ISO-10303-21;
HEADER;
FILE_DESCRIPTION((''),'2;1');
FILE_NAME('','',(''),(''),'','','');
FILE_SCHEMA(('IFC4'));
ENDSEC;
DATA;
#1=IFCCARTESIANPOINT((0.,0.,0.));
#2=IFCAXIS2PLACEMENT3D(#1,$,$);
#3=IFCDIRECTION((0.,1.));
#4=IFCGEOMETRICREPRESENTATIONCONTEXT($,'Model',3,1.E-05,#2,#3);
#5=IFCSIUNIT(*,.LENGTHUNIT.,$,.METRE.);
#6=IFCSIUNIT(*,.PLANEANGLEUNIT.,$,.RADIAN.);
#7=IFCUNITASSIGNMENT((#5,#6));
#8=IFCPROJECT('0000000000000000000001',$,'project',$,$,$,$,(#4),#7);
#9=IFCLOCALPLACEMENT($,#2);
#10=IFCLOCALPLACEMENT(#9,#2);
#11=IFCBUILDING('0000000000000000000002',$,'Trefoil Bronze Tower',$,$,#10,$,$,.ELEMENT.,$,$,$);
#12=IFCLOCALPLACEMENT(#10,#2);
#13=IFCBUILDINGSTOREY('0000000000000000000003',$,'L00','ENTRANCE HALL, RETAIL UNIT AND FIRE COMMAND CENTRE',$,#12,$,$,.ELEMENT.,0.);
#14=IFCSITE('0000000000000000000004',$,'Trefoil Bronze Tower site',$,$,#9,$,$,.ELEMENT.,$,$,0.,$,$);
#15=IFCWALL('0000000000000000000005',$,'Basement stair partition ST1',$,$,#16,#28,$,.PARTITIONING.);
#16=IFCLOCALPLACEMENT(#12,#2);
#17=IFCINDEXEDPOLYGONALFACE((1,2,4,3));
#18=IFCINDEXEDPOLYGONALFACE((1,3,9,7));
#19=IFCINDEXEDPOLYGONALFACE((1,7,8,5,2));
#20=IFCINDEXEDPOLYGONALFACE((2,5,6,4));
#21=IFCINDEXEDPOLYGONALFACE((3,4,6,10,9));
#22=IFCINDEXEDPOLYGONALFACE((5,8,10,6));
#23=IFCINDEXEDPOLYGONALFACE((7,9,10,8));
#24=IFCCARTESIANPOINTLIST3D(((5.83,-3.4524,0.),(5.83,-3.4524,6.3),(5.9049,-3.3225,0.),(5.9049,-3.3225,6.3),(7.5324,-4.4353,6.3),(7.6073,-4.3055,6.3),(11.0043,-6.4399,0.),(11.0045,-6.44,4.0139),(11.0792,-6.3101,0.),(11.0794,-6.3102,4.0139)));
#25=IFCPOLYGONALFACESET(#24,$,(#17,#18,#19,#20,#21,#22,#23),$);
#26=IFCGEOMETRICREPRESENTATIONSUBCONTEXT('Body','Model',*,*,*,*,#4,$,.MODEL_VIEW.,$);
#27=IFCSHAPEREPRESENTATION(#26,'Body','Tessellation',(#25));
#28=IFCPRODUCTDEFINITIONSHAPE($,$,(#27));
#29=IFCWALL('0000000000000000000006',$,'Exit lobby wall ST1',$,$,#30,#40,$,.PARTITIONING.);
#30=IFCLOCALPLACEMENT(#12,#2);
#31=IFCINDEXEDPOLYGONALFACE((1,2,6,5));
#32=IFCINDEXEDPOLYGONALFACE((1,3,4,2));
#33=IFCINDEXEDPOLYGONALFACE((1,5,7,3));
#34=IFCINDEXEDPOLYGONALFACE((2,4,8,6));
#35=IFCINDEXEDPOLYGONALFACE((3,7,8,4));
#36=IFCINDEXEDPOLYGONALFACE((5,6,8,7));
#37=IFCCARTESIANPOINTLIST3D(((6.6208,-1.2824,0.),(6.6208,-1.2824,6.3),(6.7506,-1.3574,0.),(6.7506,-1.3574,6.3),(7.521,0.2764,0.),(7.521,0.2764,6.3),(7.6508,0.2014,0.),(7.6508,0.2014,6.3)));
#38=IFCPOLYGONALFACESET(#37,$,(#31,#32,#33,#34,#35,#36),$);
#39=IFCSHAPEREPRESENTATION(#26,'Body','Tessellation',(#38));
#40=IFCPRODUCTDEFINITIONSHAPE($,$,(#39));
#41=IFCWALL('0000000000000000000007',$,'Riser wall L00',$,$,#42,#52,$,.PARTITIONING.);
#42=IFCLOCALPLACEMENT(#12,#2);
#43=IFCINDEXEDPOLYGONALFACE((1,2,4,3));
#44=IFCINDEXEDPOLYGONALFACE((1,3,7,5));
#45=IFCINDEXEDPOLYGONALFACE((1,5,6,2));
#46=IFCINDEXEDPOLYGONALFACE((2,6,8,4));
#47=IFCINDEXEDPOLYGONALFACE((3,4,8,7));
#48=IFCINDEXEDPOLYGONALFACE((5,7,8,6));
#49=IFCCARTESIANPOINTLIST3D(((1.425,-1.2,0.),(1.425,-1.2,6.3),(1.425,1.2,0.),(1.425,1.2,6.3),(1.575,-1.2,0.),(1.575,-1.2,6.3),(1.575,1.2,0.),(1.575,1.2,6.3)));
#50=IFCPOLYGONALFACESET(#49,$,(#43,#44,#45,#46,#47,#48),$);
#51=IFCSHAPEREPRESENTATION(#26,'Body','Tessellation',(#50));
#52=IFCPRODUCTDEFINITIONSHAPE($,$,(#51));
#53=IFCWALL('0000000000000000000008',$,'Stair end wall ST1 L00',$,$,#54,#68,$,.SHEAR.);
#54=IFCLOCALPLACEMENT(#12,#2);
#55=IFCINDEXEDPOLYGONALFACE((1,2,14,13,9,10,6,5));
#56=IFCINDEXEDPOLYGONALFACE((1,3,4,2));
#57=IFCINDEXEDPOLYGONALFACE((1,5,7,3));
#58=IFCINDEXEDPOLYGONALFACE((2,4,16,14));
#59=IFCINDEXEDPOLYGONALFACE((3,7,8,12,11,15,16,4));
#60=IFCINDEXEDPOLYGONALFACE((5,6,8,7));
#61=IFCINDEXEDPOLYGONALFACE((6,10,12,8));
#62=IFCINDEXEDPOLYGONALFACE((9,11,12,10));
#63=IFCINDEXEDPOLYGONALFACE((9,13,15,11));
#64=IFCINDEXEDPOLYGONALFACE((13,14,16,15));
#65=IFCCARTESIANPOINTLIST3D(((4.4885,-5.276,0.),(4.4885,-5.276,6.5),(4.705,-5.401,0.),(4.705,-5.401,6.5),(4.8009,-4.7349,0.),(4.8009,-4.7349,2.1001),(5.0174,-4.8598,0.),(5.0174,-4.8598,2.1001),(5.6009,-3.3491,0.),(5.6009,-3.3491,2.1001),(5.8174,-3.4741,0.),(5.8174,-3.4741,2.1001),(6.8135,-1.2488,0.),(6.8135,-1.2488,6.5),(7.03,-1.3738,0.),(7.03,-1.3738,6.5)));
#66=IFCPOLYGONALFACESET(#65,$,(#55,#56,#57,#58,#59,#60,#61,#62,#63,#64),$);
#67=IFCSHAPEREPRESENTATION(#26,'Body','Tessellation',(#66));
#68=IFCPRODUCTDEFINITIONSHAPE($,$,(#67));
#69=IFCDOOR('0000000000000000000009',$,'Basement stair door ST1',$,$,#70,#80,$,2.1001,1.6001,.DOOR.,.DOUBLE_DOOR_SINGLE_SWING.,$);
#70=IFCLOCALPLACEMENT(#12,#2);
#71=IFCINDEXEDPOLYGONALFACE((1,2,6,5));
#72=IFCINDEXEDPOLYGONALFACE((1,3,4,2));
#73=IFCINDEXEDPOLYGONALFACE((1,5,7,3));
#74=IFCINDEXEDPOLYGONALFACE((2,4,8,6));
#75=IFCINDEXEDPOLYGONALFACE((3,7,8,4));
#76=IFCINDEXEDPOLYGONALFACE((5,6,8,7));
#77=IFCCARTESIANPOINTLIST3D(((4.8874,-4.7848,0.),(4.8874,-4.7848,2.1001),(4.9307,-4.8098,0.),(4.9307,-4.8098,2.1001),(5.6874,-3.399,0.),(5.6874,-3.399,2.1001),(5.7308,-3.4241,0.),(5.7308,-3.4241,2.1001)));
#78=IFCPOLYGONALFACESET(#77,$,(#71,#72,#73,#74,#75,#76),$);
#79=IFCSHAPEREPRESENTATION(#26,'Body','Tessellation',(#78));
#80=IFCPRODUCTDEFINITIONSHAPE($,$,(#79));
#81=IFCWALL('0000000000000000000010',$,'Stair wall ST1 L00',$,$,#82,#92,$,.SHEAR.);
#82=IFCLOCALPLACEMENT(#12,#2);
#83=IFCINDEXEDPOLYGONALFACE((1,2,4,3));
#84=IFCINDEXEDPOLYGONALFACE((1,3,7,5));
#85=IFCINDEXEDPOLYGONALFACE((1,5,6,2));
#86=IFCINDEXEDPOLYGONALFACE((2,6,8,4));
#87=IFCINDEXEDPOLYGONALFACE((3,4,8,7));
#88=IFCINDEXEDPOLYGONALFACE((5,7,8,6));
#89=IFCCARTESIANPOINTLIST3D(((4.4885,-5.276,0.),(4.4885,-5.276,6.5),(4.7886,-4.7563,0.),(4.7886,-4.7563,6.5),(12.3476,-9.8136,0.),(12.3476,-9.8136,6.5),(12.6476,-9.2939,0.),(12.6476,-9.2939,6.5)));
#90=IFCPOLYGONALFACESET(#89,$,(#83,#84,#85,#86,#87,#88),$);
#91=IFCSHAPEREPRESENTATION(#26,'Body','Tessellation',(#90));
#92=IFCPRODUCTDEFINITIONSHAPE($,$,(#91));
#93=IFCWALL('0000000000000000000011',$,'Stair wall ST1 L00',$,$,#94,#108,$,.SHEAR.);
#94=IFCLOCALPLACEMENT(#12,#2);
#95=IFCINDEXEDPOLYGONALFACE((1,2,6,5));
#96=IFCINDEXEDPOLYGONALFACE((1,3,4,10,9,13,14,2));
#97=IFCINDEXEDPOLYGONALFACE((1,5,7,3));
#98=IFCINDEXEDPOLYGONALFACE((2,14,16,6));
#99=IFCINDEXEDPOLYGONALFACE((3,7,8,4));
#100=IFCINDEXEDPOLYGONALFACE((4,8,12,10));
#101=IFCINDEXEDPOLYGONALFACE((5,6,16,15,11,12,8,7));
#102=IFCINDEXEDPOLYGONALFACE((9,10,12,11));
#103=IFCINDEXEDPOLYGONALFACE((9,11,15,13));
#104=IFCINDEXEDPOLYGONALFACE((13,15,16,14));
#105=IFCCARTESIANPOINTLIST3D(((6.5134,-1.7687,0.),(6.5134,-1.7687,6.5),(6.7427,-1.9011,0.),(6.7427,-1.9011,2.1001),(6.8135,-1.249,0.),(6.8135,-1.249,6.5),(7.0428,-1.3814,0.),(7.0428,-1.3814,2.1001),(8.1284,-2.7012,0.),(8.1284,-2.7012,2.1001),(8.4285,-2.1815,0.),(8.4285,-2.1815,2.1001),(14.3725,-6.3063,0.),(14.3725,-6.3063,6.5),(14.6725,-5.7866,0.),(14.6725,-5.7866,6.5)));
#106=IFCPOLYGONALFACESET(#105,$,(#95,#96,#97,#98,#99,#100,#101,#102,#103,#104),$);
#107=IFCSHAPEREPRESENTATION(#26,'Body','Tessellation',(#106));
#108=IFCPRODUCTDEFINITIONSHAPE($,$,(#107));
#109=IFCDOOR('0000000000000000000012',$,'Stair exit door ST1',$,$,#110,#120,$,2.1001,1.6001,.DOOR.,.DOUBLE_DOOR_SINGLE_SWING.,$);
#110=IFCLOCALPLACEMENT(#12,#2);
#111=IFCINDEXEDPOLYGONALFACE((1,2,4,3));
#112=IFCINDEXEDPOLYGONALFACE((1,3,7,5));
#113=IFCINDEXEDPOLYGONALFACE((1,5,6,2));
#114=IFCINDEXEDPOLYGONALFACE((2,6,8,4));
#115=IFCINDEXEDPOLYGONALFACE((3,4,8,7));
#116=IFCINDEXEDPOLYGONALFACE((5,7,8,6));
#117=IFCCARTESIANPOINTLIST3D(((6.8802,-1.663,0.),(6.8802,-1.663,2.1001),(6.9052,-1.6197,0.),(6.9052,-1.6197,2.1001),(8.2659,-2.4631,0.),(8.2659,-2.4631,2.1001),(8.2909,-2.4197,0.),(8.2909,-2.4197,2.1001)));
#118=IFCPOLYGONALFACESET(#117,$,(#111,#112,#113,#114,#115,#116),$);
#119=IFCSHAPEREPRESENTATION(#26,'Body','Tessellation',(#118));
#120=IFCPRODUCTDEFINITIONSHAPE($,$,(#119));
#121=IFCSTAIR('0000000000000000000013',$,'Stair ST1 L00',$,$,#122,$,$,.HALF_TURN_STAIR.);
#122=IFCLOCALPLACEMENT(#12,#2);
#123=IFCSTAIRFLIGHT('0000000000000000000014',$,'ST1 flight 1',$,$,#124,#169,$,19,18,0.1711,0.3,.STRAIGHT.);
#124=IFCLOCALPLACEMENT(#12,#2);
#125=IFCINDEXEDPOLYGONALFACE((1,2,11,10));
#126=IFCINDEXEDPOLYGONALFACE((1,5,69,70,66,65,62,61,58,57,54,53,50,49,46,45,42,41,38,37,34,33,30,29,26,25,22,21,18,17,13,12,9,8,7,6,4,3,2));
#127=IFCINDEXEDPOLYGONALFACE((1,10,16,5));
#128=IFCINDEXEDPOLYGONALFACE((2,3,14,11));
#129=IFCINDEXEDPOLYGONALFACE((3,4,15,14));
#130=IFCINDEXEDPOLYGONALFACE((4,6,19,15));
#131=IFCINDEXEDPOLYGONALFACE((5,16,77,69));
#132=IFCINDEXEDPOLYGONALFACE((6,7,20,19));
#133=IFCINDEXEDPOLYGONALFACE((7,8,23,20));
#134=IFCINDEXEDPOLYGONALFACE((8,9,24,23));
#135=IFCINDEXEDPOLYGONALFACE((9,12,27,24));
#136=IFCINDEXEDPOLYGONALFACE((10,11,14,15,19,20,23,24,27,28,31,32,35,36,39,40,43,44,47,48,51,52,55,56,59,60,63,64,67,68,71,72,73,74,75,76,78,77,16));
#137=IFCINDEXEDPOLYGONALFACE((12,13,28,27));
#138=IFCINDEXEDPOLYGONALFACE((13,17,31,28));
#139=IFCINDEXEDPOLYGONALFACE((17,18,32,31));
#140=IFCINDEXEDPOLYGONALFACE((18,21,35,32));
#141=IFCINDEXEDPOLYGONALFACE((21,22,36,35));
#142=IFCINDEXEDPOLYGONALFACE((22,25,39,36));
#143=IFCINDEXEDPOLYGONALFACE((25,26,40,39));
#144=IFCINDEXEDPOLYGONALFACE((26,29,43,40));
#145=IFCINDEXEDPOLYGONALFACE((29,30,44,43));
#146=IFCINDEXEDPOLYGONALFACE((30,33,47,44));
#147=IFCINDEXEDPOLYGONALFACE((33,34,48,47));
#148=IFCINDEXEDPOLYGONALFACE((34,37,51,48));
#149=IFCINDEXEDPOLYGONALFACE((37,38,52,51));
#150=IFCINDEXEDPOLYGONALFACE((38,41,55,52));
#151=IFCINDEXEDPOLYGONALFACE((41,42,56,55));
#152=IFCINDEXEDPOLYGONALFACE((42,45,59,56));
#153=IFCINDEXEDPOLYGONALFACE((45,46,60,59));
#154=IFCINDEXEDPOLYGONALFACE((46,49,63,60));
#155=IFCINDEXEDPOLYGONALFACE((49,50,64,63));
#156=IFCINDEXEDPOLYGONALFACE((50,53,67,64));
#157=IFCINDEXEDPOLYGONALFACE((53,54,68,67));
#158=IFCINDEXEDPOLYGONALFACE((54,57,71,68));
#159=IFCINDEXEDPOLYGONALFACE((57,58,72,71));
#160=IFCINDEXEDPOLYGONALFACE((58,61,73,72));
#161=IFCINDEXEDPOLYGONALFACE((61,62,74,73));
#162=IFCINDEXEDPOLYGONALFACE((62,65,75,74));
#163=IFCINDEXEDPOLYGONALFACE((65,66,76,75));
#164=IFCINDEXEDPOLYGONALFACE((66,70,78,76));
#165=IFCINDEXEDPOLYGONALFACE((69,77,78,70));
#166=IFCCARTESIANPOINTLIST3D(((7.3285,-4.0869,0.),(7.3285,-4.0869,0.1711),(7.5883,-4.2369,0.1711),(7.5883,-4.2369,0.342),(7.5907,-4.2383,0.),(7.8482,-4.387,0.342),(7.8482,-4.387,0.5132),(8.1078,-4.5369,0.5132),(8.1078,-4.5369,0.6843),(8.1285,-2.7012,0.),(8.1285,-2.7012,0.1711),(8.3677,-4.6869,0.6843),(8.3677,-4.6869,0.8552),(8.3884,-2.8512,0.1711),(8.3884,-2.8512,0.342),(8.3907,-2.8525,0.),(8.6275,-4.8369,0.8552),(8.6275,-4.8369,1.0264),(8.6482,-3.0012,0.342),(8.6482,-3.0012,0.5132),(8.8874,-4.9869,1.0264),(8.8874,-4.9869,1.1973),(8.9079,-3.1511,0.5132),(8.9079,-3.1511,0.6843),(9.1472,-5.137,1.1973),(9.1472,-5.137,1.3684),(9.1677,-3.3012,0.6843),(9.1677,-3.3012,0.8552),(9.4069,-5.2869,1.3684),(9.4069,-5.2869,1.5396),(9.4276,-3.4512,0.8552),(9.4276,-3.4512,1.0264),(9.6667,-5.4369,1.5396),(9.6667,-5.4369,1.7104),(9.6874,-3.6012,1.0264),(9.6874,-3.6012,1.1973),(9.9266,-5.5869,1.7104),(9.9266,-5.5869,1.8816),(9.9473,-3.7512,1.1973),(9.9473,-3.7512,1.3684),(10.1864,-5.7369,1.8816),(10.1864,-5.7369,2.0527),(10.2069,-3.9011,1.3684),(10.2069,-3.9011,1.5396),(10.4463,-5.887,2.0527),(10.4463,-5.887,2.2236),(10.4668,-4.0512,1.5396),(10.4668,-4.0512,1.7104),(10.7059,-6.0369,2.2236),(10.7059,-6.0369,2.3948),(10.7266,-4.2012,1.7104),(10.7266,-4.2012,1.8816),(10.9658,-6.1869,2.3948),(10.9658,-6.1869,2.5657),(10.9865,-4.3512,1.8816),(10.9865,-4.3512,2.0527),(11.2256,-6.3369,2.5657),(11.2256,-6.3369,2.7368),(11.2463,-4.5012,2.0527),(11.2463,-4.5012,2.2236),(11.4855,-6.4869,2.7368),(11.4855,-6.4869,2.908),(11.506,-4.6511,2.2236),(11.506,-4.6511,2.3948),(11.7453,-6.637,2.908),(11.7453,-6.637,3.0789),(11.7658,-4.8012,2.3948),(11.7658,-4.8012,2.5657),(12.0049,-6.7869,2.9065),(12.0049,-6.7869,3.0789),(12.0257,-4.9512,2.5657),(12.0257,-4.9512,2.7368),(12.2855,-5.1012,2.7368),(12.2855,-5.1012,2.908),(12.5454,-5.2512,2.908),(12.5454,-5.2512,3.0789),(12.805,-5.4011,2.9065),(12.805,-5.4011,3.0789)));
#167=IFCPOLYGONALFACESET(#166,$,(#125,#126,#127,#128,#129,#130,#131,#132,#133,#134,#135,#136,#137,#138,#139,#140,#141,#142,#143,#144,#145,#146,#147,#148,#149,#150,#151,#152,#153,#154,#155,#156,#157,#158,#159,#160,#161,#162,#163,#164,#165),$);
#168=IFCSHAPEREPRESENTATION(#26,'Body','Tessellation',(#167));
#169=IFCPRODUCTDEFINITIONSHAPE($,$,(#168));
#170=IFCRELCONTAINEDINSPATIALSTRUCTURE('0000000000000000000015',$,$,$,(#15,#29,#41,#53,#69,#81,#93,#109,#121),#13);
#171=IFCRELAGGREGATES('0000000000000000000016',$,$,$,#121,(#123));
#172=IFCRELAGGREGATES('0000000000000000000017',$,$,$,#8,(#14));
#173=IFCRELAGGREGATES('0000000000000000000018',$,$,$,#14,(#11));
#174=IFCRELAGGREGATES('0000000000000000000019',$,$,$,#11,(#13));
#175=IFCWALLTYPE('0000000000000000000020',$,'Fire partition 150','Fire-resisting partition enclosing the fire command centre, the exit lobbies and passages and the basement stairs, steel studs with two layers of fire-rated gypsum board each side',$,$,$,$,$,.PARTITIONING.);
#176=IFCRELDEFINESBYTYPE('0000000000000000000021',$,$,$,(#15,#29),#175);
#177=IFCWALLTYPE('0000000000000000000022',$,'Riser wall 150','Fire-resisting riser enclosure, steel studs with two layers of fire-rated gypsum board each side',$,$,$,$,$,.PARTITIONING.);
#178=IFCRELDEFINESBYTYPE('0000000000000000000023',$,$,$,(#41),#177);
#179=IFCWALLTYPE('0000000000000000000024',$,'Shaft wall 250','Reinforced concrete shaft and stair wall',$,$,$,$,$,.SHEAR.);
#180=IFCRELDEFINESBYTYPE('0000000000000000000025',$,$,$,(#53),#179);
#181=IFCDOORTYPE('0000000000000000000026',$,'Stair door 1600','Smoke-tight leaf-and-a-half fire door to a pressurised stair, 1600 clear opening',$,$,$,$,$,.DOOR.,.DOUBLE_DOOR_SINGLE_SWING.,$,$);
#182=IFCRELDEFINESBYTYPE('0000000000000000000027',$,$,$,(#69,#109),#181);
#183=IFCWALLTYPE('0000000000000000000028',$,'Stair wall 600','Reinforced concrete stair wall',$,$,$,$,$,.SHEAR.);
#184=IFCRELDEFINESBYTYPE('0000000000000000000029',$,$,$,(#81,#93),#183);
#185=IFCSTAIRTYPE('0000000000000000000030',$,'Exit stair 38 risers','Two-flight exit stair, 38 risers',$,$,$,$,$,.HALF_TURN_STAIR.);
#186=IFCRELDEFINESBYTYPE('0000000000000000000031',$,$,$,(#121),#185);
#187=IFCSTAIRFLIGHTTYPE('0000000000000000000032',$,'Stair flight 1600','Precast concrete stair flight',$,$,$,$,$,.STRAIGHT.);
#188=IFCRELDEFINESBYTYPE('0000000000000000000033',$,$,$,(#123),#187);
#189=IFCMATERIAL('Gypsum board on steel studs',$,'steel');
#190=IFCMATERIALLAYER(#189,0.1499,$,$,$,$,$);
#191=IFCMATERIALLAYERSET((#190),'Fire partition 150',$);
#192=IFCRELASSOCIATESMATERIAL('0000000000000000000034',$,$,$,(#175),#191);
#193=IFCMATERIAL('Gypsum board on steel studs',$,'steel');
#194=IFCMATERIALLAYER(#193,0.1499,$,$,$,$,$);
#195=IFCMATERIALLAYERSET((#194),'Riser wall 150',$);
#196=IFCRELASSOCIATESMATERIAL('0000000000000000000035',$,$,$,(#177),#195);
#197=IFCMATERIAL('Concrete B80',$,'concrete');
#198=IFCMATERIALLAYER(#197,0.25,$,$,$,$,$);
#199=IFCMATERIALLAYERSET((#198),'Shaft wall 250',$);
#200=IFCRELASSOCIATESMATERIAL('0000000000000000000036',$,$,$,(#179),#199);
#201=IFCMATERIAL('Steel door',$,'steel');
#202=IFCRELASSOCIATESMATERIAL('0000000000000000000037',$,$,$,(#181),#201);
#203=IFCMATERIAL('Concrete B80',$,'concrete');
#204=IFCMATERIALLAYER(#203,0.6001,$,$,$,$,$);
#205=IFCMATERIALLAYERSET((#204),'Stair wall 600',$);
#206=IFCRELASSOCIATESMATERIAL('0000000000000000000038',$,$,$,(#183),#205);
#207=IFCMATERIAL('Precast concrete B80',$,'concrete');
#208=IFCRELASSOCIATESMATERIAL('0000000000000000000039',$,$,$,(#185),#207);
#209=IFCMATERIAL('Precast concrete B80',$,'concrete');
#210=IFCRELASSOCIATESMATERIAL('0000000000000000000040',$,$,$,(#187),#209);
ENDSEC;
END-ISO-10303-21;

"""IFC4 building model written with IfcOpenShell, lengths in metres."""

from ifc_helpers import new_model, si_unit, direction, frame, frame_2d, origin, place, context, subcontext, project, spatial, polyline, rectangle, outline, extrude, material, layer, layer_set, type_object, element, fill, aggregate, save


model = new_model("IFC4")

# Units and contexts
model_context = context("Model", 3, precision=1e-05, world=origin(), true_north=direction((0.0, 1.0)))
body_context = subcontext(model_context, "Body", "Model", "MODEL_VIEW")
ifc_project = project(units=[si_unit("LENGTHUNIT", "METRE"), si_unit("PLANEANGLEUNIT", "RADIAN")], contexts=[model_context])

# Site, building, storey
site_placement = place(None, origin())
site = spatial("IfcSite", under=ifc_project, at=site_placement, Name="Trefoil Bronze Tower site", CompositionType="ELEMENT", RefElevation=0.0)
building_placement = place(site_placement, origin())
building = spatial("IfcBuilding", under=site, at=building_placement, Name="Trefoil Bronze Tower", CompositionType="ELEMENT")
storey_placement = place(building_placement, origin())
storey = spatial("IfcBuildingStorey", under=building, at=storey_placement, Name="L00", Description="ENTRANCE HALL, RETAIL UNIT AND FIRE COMMAND CENTRE", CompositionType="ELEMENT", Elevation=0.0)

# Walls
ifc_material_1 = material(Name="Gypsum board on steel studs", Category="steel")
ifc_layer_1 = layer(ifc_material_1, 0.1499)
ifc_layer_set_1 = layer_set([ifc_layer_1], Name="Fire partition 150")
wall_type_1 = type_object("IfcWallType", Name="Fire partition 150", Description="Fire-resisting partition enclosing the fire command centre, the exit lobbies and passages and the basement stairs, steel studs with two layers of fire-rated gypsum board each side", PredefinedType="PARTITIONING", material=ifc_layer_set_1)
wall_1_placement = place(storey_placement, frame((5.8674, -3.3875, 0.0), z_axis=(0.0, 0.0, 1.0), x_axis=(0.866014, -0.50002, 0.0)))
element("IfcWall", 1, at=wall_1_placement, inside=storey, type_object=wall_type_1, Name="Basement stair partition ST1", PredefinedType="PARTITIONING", context=body_context, shape_type="SweptSolid", body=[
    extrude(outline(polyline([(0.0, 0.0), (5.9749, 0.0), (5.9751, 4.0139), (1.9658, 6.3), (0.0, 6.3), (0.0, 0.0)])), frame((0.0, 0.075, 0.0), z_axis=(0.0, -1.0, 0.0), x_axis=(1.0, 0.0, 0.0)), (0.0, 0.0, 1.0), 0.1499),
])
wall_2_placement = place(storey_placement, frame((6.6858, -1.3198, 0.0), z_axis=(0.0, 0.0, 1.0), x_axis=(0.500063, 0.865989, 0.0)))
element("IfcWall", 2, at=wall_2_placement, inside=storey, type_object=wall_type_1, Name="Exit lobby wall ST1", PredefinedType="PARTITIONING", context=body_context, shape_type="SweptSolid", body=[
    extrude(rectangle(XDim=1.8, YDim=0.1499, at=frame_2d((0.8999, 0.0))), origin(), (0.0, 0.0, 1.0), 6.3),
])
ifc_material_2 = material(Name="Gypsum board on steel studs", Category="steel")
ifc_layer_2 = layer(ifc_material_2, 0.1499)
ifc_layer_set_2 = layer_set([ifc_layer_2], Name="Riser wall 150")
wall_type_2 = type_object("IfcWallType", Name="Riser wall 150", Description="Fire-resisting riser enclosure, steel studs with two layers of fire-rated gypsum board each side", PredefinedType="PARTITIONING", material=ifc_layer_set_2)
wall_3_placement = place(storey_placement, frame((1.5, -1.2, 0.0), z_axis=(0.0, 0.0, 1.0), x_axis=(0.0, 1.0, 0.0)))
element("IfcWall", 3, at=wall_3_placement, inside=storey, type_object=wall_type_2, Name="Riser wall L00", PredefinedType="PARTITIONING", context=body_context, shape_type="SweptSolid", body=[
    extrude(rectangle(XDim=2.3999, YDim=0.1499, at=frame_2d((1.2, 0.0))), origin(), (0.0, 0.0, 1.0), 6.3),
])

# Wall, opening, door
ifc_material_3 = material(Name="Concrete B80", Category="concrete")
ifc_layer_3 = layer(ifc_material_3, 0.25)
ifc_layer_set_3 = layer_set([ifc_layer_3], Name="Shaft wall 250")
wall_type_3 = type_object("IfcWallType", Name="Shaft wall 250", Description="Reinforced concrete shaft and stair wall", PredefinedType="SHEAR", material=ifc_layer_set_3)
wall_4_placement = place(storey_placement, frame((4.5967, -5.3386, 0.0), z_axis=(0.0, 0.0, 1.0), x_axis=(0.499985, 0.866034, 0.0)))
wall_4 = element("IfcWall", 4, at=wall_4_placement, inside=storey, type_object=wall_type_3, Name="Stair end wall ST1 L00", PredefinedType="SHEAR", context=body_context, shape_type="SweptSolid", body=[
    extrude(rectangle(XDim=4.6501, YDim=0.25, at=frame_2d((2.3252, 0.0))), origin(), (0.0, 0.0, 1.0), 6.5),
])
opening_1_placement = place(wall_4_placement, frame((0.625, 0.0, 0.0)))
opening_1 = element("IfcOpeningElement", 5, at=opening_1_placement, cuts=wall_4, PredefinedType="OPENING", context=body_context, shape_type="SweptSolid", body=[
    extrude(rectangle(XDim=1.6001, YDim=2.1001, at=frame_2d((0.8, 1.05))), frame((0.0, 0.135, 0.0), z_axis=(0.0, -1.0, 0.0), x_axis=(1.0, 0.0, 0.0)), (0.0, 0.0, 1.0), 0.27),
])
ifc_material_4 = material(Name="Steel door", Category="steel")
door_type = type_object("IfcDoorType", Name="Stair door 1600", Description="Smoke-tight leaf-and-a-half fire door to a pressurised stair, 1600 clear opening", OperationType="DOUBLE_DOOR_SINGLE_SWING", PredefinedType="DOOR", material=ifc_material_4)
door_1_placement = place(opening_1_placement, frame((1.6001, 0.0, 0.0), z_axis=(0.0, 0.0, 1.0), x_axis=(-1.0, 0.0, 0.0)))
door_1 = element("IfcDoor", 6, at=door_1_placement, inside=storey, type_object=door_type, Name="Basement stair door ST1", OperationType="DOUBLE_DOOR_SINGLE_SWING", OverallHeight=2.1001, OverallWidth=1.6001, PredefinedType="DOOR", context=body_context, shape_type="SweptSolid", body=[
    extrude(rectangle(XDim=1.6001, YDim=2.1001, at=frame_2d((0.8, 1.05))), frame((0.0, 0.0249, 0.0), z_axis=(0.0, -1.0, 0.0), x_axis=(1.0, 0.0, 0.0)), (0.0, 0.0, 1.0), 0.05),
])
fill(opening_1, door_1)

# Wall
ifc_material_5 = material(Name="Concrete B80", Category="concrete")
ifc_layer_4 = layer(ifc_material_5, 0.6001)
ifc_layer_set_4 = layer_set([ifc_layer_4], Name="Stair wall 600")
wall_type_4 = type_object("IfcWallType", Name="Stair wall 600", Description="Reinforced concrete stair wall", PredefinedType="SHEAR", material=ifc_layer_set_4)
wall_5_placement = place(storey_placement, frame((4.6384, -5.0161, 0.0), z_axis=(0.0, 0.0, 1.0), x_axis=(0.866019, -0.50001, 0.0)))
element("IfcWall", 7, at=wall_5_placement, inside=storey, type_object=wall_type_4, Name="Stair wall ST1 L00", PredefinedType="SHEAR", context=body_context, shape_type="SweptSolid", body=[
    extrude(rectangle(XDim=9.075, YDim=0.6001, at=frame_2d((4.5376, 0.0))), origin(), (0.0, 0.0, 1.0), 6.5),
])

# Wall, opening, door
wall_6_placement = place(storey_placement, frame((6.6633, -1.5088, 0.0), z_axis=(0.0, 0.0, 1.0), x_axis=(0.866019, -0.50001, 0.0)))
wall_6 = element("IfcWall", 8, at=wall_6_placement, inside=storey, type_object=wall_type_4, Name="Stair wall ST1 L00", PredefinedType="SHEAR", context=body_context, shape_type="SweptSolid", body=[
    extrude(rectangle(XDim=9.075, YDim=0.6001, at=frame_2d((4.5376, 0.0))), origin(), (0.0, 0.0, 1.0), 6.5),
])
opening_2_placement = place(wall_6_placement, frame((0.2649, 0.0, 0.0)))
opening_2 = element("IfcOpeningElement", 9, at=opening_2_placement, cuts=wall_6, PredefinedType="OPENING", context=body_context, shape_type="SweptSolid", body=[
    extrude(rectangle(XDim=1.6001, YDim=2.1001, at=frame_2d((0.8, 1.05))), frame((0.0, 0.3101, 0.0), z_axis=(0.0, -1.0, 0.0), x_axis=(1.0, 0.0, 0.0)), (0.0, 0.0, 1.0), 0.6201),
])
door_2_placement = place(opening_2_placement, origin())
door_2 = element("IfcDoor", 10, at=door_2_placement, inside=storey, type_object=door_type, Name="Stair exit door ST1", OperationType="DOUBLE_DOOR_SINGLE_SWING", OverallHeight=2.1001, OverallWidth=1.6001, PredefinedType="DOOR", context=body_context, shape_type="SweptSolid", body=[
    extrude(rectangle(XDim=1.6001, YDim=2.1001, at=frame_2d((0.8, 1.05))), frame((0.0, 0.0249, 0.0), z_axis=(0.0, -1.0, 0.0), x_axis=(1.0, 0.0, 0.0)), (0.0, 0.0, 1.0), 0.05),
])
fill(opening_2, door_2)

# Stair, stair flight
ifc_material_6 = material(Name="Precast concrete B80", Category="concrete")
stair_type = type_object("IfcStairType", Name="Exit stair 38 risers", Description="Two-flight exit stair, 38 risers", PredefinedType="HALF_TURN_STAIR", material=ifc_material_6)
stair_placement = place(storey_placement, origin())
stair = element("IfcStair", 11, at=stair_placement, inside=storey, type_object=stair_type, Name="Stair ST1 L00", PredefinedType="HALF_TURN_STAIR")
ifc_material_7 = material(Name="Precast concrete B80", Category="concrete")
stair_flight_type = type_object("IfcStairFlightType", Name="Stair flight 1600", Description="Precast concrete stair flight", PredefinedType="STRAIGHT", material=ifc_material_7)
stair_flight_placement = place(storey_placement, frame((7.7285, -3.394, 0.0), z_axis=(0.0, 0.0, 1.0), x_axis=(0.866025, -0.5, 0.0)))
stair_flight = element("IfcStairFlight", 12, at=stair_flight_placement, type_object=stair_flight_type, Name="ST1 flight 1", NumberOfRisers=19, NumberOfTreads=18, PredefinedType="STRAIGHT", RiserHeight=0.1711, TreadLength=0.3, context=body_context, shape_type="SweptSolid", body=[
    extrude(outline(polyline([(0.0, 0.0), (0.0, 0.1711), (0.3, 0.1711), (0.3, 0.342), (0.6001, 0.342), (0.6001, 0.5132), (0.8999, 0.5132), (0.8999, 0.6843), (1.2, 0.6843), (1.2, 0.8552), (1.5, 0.8552), (1.5, 1.0264), (1.8, 1.0264), (1.8, 1.1973), (2.1001, 1.1973), (2.1001, 1.3684), (2.3999, 1.3684), (2.3999, 1.5396), (2.7, 1.5396), (2.7, 1.7104), (3.0, 1.7104), (3.0, 1.8816), (3.3, 1.8816), (3.3, 2.0527), (3.6001, 2.0527), (3.6001, 2.2236), (3.8999, 2.2236), (3.8999, 2.3948), (4.2, 2.3948), (4.2, 2.5657), (4.5, 2.5657), (4.5, 2.7368), (4.8, 2.7368), (4.8, 2.908), (5.1001, 2.908), (5.1001, 3.0789), (5.3999, 3.0789), (5.3999, 3.25), (5.3999, 2.9065), (0.3027, 0.0), (0.0, 0.0)])), frame((0.0, 0.8, 0.0), z_axis=(0.0, -1.0, 0.0), x_axis=(1.0, 0.0, 0.0)), (0.0, 0.0, 1.0), 1.6001),
])
aggregate(stair, [stair_flight])

save(model, "model.ifc")
